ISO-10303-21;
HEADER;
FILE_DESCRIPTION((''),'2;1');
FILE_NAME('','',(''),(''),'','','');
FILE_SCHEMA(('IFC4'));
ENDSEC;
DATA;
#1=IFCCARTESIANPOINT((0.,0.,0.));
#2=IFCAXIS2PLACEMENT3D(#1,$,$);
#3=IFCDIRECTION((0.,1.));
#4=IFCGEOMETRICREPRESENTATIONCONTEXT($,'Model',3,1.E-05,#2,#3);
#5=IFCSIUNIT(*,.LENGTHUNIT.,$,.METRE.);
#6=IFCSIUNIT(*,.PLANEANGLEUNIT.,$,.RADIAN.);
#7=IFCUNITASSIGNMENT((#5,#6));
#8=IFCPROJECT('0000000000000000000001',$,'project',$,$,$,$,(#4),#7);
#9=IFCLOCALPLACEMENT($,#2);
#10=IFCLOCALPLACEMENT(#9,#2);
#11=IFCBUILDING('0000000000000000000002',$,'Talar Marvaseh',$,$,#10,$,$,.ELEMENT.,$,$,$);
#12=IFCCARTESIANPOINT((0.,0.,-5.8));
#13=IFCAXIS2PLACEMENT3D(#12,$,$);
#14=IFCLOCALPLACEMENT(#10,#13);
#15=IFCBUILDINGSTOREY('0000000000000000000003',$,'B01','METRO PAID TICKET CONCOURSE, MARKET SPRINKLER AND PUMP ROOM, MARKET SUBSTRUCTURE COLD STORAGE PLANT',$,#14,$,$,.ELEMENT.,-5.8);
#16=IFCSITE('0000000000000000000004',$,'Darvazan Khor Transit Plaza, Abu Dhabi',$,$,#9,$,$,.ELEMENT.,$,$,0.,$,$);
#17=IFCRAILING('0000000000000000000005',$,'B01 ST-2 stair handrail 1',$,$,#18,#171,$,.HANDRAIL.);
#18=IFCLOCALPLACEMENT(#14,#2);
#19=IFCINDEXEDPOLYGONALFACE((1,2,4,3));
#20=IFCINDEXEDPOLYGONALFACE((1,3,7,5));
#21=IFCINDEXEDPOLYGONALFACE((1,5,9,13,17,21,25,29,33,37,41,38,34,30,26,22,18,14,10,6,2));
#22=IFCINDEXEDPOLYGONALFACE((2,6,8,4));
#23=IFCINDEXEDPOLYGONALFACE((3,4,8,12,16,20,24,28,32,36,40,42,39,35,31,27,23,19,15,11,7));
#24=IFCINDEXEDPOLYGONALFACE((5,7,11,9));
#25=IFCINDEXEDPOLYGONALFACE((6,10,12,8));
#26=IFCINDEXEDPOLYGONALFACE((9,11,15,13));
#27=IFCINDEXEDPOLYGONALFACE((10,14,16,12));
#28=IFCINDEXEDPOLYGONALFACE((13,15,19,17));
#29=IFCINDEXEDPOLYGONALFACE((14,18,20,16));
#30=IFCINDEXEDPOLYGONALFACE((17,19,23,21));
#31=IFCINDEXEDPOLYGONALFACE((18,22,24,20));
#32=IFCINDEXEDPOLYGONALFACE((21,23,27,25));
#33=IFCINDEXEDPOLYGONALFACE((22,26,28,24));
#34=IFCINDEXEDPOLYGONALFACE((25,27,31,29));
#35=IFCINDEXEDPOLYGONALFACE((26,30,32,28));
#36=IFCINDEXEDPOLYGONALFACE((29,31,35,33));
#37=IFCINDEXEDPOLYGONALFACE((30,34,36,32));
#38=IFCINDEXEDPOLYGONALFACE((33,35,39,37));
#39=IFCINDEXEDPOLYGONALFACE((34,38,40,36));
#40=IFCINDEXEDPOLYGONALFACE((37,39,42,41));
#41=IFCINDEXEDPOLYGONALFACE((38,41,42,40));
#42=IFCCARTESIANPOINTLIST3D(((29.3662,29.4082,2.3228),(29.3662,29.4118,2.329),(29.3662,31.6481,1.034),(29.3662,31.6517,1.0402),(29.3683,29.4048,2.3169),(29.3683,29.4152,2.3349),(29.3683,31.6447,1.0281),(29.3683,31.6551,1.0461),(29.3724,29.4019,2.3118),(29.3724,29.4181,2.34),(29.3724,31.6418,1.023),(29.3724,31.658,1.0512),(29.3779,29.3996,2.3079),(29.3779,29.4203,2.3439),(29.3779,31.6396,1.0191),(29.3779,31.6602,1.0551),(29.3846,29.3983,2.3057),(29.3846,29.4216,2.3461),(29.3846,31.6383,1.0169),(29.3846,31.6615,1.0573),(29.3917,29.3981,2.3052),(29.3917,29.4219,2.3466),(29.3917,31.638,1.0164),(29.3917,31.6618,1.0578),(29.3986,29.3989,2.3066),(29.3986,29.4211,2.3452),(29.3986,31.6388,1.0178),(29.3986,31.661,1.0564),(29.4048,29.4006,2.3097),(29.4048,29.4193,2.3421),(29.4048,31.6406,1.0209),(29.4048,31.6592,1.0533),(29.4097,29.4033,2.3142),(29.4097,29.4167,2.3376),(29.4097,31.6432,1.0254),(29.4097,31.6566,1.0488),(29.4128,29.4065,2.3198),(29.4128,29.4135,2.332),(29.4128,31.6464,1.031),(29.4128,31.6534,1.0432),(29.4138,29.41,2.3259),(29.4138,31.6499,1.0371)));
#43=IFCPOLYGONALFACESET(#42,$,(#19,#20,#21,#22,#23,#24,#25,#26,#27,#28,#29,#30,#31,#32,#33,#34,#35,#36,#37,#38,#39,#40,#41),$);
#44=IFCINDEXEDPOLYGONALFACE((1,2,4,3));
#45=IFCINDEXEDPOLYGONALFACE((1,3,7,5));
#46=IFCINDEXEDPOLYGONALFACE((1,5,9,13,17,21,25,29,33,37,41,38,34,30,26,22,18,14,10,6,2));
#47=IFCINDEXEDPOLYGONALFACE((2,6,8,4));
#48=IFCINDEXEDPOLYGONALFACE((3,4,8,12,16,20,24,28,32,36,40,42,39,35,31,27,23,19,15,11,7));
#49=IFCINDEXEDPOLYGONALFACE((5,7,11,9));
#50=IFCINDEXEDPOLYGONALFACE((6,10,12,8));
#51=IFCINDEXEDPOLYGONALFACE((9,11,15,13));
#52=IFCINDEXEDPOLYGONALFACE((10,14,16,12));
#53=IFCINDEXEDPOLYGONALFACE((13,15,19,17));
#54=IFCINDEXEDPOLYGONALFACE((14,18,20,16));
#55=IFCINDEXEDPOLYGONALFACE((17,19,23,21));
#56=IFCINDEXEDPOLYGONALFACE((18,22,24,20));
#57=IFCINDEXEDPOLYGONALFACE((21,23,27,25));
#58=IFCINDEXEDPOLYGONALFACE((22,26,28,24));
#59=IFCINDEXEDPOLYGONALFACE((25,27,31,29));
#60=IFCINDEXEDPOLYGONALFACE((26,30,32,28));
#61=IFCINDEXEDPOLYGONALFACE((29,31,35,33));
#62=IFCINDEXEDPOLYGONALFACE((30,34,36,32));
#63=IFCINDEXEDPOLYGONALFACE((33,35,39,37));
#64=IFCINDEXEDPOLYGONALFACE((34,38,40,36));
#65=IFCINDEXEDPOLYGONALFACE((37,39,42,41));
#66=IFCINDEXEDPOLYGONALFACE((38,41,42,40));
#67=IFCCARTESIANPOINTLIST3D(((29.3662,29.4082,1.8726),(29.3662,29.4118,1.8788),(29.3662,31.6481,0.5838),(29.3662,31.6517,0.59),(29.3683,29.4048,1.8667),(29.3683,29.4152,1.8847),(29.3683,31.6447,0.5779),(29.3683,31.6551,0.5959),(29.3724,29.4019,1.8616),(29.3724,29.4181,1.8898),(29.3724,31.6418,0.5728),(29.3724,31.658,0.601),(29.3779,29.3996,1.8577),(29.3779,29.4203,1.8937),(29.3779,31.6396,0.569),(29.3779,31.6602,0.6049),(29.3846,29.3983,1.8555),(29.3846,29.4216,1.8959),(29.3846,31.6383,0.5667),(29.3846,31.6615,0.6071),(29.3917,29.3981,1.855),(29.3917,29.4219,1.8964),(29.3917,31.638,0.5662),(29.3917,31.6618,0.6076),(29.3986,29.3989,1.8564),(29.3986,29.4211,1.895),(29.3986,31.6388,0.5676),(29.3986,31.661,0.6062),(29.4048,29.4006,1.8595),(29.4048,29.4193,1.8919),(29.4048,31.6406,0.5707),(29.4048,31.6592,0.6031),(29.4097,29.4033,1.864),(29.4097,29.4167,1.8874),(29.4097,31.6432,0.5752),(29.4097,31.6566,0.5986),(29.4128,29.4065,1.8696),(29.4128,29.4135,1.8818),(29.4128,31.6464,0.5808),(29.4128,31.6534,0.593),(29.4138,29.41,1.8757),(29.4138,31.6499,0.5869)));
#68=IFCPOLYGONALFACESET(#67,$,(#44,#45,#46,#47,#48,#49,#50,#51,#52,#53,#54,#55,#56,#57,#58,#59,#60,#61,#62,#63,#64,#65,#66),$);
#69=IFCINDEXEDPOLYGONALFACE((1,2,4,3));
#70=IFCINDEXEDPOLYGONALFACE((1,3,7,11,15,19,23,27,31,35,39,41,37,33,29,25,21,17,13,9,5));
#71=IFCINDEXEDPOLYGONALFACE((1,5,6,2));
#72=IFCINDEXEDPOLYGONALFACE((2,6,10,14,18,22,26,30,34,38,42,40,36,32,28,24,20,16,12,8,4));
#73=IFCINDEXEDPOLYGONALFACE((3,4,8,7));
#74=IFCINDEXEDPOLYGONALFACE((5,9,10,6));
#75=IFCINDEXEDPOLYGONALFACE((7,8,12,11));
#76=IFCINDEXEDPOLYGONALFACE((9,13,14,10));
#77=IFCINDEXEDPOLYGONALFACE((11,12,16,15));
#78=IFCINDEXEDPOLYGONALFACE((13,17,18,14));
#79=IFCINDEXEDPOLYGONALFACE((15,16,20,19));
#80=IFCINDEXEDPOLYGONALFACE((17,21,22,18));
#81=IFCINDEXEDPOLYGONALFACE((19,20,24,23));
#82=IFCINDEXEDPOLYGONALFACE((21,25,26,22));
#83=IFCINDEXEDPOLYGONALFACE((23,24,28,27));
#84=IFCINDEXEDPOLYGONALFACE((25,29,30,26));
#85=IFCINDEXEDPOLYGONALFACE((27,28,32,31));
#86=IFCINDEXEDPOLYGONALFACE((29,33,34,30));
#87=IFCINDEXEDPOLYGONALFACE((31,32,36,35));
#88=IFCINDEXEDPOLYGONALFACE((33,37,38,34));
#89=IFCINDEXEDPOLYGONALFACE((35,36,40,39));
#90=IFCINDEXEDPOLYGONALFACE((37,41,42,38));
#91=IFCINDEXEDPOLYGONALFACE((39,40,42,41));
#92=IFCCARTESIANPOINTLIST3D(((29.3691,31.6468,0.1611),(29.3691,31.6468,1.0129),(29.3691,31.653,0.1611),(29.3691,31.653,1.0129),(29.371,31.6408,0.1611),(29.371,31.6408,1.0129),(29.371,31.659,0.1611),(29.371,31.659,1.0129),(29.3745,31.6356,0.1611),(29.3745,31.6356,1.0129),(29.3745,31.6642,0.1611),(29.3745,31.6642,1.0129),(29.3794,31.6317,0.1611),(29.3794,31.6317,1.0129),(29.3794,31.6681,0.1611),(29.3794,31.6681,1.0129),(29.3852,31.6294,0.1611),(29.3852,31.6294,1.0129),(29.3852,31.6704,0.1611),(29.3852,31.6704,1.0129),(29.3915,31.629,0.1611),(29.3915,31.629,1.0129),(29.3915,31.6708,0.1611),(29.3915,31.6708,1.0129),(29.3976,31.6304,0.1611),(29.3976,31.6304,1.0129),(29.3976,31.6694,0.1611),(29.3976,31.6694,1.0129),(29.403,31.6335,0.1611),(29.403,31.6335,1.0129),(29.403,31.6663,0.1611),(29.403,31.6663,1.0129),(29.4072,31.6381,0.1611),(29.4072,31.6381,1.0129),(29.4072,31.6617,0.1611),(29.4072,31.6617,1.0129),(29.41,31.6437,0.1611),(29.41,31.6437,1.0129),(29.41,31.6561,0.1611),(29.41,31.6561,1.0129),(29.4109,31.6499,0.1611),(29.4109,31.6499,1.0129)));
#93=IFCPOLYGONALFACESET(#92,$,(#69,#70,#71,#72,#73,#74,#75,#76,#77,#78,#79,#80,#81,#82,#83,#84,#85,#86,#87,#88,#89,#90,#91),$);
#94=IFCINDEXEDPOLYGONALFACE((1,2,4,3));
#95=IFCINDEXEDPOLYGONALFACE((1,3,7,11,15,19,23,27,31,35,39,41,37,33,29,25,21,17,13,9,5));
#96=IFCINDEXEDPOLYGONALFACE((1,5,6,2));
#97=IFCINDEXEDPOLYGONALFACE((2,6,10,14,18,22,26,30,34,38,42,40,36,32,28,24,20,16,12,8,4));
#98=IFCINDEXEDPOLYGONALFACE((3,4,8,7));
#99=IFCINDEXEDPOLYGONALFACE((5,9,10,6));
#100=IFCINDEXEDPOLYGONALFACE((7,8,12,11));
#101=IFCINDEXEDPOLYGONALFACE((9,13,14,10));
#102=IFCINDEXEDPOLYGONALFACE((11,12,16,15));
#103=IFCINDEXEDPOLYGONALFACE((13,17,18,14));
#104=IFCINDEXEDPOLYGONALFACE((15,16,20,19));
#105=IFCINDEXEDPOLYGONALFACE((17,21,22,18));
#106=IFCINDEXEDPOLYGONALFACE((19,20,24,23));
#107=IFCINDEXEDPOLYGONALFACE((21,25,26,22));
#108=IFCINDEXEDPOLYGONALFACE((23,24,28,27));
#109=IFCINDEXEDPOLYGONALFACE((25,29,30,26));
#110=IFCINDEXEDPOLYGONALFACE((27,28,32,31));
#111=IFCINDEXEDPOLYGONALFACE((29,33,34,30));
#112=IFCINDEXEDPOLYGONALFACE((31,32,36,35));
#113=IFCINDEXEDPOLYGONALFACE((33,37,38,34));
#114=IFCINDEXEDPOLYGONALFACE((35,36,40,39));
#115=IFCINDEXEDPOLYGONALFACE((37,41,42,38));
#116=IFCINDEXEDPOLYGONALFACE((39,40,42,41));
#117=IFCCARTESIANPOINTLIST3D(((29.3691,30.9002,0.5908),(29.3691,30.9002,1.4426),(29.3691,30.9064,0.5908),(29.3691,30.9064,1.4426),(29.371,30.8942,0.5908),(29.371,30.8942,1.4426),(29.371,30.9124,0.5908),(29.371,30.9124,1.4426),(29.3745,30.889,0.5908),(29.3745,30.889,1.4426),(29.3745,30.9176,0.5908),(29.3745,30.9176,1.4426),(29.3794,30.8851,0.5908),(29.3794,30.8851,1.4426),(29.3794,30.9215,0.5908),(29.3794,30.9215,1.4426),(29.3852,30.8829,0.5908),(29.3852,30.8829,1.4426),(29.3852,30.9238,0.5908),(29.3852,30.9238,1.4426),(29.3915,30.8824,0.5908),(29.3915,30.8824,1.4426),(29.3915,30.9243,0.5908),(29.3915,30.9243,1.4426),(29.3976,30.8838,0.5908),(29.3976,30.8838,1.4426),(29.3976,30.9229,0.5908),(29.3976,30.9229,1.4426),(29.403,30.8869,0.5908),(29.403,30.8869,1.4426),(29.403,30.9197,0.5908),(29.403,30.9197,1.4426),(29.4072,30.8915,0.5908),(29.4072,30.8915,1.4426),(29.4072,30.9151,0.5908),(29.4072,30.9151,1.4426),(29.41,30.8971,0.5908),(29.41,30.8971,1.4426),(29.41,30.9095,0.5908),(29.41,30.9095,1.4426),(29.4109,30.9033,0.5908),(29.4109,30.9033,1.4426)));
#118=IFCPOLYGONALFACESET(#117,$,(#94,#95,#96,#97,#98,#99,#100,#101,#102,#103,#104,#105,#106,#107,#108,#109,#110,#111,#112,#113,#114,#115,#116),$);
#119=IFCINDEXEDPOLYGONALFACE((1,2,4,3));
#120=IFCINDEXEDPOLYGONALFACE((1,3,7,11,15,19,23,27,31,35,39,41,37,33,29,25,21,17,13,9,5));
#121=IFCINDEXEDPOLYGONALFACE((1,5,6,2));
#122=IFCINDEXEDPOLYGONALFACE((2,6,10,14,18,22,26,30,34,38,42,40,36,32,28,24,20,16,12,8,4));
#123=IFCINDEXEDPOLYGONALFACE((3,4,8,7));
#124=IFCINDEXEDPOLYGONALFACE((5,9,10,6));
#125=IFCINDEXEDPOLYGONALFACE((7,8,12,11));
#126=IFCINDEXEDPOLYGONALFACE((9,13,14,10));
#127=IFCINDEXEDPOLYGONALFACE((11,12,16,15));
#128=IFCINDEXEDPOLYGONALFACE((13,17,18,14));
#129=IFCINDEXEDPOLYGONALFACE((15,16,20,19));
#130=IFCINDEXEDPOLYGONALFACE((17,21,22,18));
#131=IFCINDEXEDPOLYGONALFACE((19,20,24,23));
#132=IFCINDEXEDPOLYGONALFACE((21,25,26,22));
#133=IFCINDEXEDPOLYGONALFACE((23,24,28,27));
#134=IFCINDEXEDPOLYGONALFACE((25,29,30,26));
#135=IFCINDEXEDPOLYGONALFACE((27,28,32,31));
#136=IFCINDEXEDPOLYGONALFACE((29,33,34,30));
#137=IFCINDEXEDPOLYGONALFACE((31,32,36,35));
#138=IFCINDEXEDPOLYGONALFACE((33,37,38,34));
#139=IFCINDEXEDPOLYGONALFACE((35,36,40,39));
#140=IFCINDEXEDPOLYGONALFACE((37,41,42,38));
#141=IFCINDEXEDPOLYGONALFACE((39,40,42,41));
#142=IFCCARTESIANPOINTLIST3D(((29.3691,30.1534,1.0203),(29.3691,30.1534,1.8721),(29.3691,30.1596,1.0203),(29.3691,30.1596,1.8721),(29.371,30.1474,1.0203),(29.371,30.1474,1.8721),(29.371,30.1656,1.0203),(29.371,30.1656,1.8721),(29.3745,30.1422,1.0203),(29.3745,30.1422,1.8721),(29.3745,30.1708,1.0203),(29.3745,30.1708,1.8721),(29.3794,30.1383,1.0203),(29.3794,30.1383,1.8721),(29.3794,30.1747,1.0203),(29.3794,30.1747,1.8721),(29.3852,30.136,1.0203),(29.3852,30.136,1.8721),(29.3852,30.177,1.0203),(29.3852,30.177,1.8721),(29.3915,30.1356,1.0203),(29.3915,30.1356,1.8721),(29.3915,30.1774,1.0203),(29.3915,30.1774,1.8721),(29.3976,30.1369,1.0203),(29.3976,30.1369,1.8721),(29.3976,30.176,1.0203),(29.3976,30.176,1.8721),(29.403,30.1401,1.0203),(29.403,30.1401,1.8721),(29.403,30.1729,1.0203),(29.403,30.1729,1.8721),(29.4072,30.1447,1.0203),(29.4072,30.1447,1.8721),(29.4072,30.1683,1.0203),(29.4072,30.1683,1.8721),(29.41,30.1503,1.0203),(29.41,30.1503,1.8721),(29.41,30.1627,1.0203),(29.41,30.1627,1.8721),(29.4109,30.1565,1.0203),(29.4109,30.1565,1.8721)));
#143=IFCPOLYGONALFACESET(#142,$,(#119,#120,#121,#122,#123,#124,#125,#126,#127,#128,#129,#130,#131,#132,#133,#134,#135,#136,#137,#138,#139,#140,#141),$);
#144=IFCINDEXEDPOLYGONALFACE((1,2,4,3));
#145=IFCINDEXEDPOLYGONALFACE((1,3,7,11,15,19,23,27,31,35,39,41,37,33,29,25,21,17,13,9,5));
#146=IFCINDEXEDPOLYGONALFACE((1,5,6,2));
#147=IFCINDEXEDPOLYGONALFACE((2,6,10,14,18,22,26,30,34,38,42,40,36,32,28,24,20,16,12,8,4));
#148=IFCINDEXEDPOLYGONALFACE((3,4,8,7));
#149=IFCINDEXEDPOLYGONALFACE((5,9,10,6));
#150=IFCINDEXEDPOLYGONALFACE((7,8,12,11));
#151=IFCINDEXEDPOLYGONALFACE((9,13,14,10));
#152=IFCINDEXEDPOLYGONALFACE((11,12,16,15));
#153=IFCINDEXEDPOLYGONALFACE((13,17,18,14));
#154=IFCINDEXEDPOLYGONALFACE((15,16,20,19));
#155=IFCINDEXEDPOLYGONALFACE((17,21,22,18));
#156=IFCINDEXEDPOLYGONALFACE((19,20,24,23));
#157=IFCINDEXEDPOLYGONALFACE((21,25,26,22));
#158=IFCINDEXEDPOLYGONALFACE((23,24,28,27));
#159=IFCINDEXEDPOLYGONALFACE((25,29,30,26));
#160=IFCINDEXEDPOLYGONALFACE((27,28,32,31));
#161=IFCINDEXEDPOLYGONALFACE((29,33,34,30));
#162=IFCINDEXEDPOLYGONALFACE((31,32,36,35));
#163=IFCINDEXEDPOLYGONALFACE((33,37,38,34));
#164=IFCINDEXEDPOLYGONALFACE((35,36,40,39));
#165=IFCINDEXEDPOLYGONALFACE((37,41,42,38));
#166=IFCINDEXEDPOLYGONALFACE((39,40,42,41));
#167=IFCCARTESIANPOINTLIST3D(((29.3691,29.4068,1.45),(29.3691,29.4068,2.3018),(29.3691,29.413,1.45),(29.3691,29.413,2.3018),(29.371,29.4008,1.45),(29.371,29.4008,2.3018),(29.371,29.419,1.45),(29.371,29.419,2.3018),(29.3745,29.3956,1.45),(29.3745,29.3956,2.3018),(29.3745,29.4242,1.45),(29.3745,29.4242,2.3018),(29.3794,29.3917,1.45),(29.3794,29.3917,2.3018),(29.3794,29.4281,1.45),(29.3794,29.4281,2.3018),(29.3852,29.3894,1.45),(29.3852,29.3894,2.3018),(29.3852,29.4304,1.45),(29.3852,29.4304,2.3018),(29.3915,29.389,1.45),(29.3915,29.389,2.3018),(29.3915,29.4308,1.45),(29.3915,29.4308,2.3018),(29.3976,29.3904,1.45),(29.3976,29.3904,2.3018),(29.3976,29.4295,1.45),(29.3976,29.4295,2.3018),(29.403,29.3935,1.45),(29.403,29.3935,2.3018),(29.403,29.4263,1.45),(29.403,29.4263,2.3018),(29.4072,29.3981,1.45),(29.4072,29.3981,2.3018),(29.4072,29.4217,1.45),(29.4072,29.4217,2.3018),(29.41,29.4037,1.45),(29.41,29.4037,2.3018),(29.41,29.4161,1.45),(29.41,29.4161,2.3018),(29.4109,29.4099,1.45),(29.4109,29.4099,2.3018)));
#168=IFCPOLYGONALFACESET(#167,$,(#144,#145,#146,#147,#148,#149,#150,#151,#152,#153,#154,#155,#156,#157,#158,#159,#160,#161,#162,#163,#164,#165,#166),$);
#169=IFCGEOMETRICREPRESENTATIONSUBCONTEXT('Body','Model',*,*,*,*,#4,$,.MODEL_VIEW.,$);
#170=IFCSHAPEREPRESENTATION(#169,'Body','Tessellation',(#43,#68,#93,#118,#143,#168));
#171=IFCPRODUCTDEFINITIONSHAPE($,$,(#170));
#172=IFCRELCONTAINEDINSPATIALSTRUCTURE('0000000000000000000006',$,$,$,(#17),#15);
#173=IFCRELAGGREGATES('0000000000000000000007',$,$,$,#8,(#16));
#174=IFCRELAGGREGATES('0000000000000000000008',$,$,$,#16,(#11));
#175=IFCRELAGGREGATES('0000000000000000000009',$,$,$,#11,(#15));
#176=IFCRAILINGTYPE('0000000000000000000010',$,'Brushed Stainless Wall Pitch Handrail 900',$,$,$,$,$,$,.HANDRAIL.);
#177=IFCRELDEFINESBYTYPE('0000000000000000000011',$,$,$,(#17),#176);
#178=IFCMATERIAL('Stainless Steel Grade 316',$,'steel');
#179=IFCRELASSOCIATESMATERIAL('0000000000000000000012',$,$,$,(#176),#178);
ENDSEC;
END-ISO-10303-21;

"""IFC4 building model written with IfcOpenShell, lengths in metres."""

from ifc_helpers import new_model, si_unit, direction, frame, origin, origin_2d, place, context, subcontext, project, spatial, circle, extrude, material, type_object, element, save


model = new_model("IFC4")

# Units and contexts
model_context = context("Model", 3, precision=1e-05, world=origin(), true_north=direction((0.0, 1.0)))
body_context = subcontext(model_context, "Body", "Model", "MODEL_VIEW")
ifc_project = project(units=[si_unit("LENGTHUNIT", "METRE"), si_unit("PLANEANGLEUNIT", "RADIAN")], contexts=[model_context])

# Site, building, storey
site_placement = place(None, origin())
site = spatial("IfcSite", under=ifc_project, at=site_placement, Name="Darvazan Khor Transit Plaza, Abu Dhabi", CompositionType="ELEMENT", RefElevation=0.0)
building_placement = place(site_placement, origin())
building = spatial("IfcBuilding", under=site, at=building_placement, Name="Talar Marvaseh", CompositionType="ELEMENT")
storey_placement = place(building_placement, frame((0.0, 0.0, -5.8)))
storey = spatial("IfcBuildingStorey", under=building, at=storey_placement, Name="B01", Description="METRO PAID TICKET CONCOURSE, MARKET SPRINKLER AND PUMP ROOM, MARKET SUBSTRUCTURE COLD STORAGE PLANT", CompositionType="ELEMENT", Elevation=-5.8)

# Railing
ifc_material_1 = material(Name="Stainless Steel Grade 316", Category="steel")
railing_type_1 = type_object("IfcRailingType", Name="Brushed Stainless Wall Pitch Handrail 900", PredefinedType="HANDRAIL", material=ifc_material_1)
railing_1_placement = place(storey_placement, frame((29.3899, 31.6499, 0.1611)))
element("IfcRailing", 1, at=railing_1_placement, inside=storey, type_object=railing_type_1, Name="B01 ST-2 stair handrail 1", PredefinedType="HANDRAIL", context=body_context, shape_type="SweptSolid", body=[
    extrude(circle(Radius=0.0239, at=origin_2d()), frame((0.0, 0.0, 0.876), z_axis=(0.0, -0.866768, 0.498711), x_axis=(1.0, 0.0, 0.0)), (0.0, 0.0, 1.0), 2.5842),
    extrude(circle(Radius=0.0239, at=origin_2d()), frame((0.0, 0.0, 0.4258), z_axis=(0.0, -0.866768, 0.498711), x_axis=(1.0, 0.0, 0.0)), (0.0, 0.0, 1.0), 2.5842),
    extrude(circle(Radius=0.021, at=origin_2d()), origin(), (0.0, 0.0, 1.0), 0.8518),
    extrude(circle(Radius=0.021, at=origin_2d()), frame((0.0, -0.7466, 0.4297)), (0.0, 0.0, 1.0), 0.8518),
    extrude(circle(Radius=0.021, at=origin_2d()), frame((0.0, -1.4934, 0.8591)), (0.0, 0.0, 1.0), 0.8518),
    extrude(circle(Radius=0.021, at=origin_2d()), frame((0.0, -2.24, 1.2888)), (0.0, 0.0, 1.0), 0.8518),
])

save(model, "model.ifc")
